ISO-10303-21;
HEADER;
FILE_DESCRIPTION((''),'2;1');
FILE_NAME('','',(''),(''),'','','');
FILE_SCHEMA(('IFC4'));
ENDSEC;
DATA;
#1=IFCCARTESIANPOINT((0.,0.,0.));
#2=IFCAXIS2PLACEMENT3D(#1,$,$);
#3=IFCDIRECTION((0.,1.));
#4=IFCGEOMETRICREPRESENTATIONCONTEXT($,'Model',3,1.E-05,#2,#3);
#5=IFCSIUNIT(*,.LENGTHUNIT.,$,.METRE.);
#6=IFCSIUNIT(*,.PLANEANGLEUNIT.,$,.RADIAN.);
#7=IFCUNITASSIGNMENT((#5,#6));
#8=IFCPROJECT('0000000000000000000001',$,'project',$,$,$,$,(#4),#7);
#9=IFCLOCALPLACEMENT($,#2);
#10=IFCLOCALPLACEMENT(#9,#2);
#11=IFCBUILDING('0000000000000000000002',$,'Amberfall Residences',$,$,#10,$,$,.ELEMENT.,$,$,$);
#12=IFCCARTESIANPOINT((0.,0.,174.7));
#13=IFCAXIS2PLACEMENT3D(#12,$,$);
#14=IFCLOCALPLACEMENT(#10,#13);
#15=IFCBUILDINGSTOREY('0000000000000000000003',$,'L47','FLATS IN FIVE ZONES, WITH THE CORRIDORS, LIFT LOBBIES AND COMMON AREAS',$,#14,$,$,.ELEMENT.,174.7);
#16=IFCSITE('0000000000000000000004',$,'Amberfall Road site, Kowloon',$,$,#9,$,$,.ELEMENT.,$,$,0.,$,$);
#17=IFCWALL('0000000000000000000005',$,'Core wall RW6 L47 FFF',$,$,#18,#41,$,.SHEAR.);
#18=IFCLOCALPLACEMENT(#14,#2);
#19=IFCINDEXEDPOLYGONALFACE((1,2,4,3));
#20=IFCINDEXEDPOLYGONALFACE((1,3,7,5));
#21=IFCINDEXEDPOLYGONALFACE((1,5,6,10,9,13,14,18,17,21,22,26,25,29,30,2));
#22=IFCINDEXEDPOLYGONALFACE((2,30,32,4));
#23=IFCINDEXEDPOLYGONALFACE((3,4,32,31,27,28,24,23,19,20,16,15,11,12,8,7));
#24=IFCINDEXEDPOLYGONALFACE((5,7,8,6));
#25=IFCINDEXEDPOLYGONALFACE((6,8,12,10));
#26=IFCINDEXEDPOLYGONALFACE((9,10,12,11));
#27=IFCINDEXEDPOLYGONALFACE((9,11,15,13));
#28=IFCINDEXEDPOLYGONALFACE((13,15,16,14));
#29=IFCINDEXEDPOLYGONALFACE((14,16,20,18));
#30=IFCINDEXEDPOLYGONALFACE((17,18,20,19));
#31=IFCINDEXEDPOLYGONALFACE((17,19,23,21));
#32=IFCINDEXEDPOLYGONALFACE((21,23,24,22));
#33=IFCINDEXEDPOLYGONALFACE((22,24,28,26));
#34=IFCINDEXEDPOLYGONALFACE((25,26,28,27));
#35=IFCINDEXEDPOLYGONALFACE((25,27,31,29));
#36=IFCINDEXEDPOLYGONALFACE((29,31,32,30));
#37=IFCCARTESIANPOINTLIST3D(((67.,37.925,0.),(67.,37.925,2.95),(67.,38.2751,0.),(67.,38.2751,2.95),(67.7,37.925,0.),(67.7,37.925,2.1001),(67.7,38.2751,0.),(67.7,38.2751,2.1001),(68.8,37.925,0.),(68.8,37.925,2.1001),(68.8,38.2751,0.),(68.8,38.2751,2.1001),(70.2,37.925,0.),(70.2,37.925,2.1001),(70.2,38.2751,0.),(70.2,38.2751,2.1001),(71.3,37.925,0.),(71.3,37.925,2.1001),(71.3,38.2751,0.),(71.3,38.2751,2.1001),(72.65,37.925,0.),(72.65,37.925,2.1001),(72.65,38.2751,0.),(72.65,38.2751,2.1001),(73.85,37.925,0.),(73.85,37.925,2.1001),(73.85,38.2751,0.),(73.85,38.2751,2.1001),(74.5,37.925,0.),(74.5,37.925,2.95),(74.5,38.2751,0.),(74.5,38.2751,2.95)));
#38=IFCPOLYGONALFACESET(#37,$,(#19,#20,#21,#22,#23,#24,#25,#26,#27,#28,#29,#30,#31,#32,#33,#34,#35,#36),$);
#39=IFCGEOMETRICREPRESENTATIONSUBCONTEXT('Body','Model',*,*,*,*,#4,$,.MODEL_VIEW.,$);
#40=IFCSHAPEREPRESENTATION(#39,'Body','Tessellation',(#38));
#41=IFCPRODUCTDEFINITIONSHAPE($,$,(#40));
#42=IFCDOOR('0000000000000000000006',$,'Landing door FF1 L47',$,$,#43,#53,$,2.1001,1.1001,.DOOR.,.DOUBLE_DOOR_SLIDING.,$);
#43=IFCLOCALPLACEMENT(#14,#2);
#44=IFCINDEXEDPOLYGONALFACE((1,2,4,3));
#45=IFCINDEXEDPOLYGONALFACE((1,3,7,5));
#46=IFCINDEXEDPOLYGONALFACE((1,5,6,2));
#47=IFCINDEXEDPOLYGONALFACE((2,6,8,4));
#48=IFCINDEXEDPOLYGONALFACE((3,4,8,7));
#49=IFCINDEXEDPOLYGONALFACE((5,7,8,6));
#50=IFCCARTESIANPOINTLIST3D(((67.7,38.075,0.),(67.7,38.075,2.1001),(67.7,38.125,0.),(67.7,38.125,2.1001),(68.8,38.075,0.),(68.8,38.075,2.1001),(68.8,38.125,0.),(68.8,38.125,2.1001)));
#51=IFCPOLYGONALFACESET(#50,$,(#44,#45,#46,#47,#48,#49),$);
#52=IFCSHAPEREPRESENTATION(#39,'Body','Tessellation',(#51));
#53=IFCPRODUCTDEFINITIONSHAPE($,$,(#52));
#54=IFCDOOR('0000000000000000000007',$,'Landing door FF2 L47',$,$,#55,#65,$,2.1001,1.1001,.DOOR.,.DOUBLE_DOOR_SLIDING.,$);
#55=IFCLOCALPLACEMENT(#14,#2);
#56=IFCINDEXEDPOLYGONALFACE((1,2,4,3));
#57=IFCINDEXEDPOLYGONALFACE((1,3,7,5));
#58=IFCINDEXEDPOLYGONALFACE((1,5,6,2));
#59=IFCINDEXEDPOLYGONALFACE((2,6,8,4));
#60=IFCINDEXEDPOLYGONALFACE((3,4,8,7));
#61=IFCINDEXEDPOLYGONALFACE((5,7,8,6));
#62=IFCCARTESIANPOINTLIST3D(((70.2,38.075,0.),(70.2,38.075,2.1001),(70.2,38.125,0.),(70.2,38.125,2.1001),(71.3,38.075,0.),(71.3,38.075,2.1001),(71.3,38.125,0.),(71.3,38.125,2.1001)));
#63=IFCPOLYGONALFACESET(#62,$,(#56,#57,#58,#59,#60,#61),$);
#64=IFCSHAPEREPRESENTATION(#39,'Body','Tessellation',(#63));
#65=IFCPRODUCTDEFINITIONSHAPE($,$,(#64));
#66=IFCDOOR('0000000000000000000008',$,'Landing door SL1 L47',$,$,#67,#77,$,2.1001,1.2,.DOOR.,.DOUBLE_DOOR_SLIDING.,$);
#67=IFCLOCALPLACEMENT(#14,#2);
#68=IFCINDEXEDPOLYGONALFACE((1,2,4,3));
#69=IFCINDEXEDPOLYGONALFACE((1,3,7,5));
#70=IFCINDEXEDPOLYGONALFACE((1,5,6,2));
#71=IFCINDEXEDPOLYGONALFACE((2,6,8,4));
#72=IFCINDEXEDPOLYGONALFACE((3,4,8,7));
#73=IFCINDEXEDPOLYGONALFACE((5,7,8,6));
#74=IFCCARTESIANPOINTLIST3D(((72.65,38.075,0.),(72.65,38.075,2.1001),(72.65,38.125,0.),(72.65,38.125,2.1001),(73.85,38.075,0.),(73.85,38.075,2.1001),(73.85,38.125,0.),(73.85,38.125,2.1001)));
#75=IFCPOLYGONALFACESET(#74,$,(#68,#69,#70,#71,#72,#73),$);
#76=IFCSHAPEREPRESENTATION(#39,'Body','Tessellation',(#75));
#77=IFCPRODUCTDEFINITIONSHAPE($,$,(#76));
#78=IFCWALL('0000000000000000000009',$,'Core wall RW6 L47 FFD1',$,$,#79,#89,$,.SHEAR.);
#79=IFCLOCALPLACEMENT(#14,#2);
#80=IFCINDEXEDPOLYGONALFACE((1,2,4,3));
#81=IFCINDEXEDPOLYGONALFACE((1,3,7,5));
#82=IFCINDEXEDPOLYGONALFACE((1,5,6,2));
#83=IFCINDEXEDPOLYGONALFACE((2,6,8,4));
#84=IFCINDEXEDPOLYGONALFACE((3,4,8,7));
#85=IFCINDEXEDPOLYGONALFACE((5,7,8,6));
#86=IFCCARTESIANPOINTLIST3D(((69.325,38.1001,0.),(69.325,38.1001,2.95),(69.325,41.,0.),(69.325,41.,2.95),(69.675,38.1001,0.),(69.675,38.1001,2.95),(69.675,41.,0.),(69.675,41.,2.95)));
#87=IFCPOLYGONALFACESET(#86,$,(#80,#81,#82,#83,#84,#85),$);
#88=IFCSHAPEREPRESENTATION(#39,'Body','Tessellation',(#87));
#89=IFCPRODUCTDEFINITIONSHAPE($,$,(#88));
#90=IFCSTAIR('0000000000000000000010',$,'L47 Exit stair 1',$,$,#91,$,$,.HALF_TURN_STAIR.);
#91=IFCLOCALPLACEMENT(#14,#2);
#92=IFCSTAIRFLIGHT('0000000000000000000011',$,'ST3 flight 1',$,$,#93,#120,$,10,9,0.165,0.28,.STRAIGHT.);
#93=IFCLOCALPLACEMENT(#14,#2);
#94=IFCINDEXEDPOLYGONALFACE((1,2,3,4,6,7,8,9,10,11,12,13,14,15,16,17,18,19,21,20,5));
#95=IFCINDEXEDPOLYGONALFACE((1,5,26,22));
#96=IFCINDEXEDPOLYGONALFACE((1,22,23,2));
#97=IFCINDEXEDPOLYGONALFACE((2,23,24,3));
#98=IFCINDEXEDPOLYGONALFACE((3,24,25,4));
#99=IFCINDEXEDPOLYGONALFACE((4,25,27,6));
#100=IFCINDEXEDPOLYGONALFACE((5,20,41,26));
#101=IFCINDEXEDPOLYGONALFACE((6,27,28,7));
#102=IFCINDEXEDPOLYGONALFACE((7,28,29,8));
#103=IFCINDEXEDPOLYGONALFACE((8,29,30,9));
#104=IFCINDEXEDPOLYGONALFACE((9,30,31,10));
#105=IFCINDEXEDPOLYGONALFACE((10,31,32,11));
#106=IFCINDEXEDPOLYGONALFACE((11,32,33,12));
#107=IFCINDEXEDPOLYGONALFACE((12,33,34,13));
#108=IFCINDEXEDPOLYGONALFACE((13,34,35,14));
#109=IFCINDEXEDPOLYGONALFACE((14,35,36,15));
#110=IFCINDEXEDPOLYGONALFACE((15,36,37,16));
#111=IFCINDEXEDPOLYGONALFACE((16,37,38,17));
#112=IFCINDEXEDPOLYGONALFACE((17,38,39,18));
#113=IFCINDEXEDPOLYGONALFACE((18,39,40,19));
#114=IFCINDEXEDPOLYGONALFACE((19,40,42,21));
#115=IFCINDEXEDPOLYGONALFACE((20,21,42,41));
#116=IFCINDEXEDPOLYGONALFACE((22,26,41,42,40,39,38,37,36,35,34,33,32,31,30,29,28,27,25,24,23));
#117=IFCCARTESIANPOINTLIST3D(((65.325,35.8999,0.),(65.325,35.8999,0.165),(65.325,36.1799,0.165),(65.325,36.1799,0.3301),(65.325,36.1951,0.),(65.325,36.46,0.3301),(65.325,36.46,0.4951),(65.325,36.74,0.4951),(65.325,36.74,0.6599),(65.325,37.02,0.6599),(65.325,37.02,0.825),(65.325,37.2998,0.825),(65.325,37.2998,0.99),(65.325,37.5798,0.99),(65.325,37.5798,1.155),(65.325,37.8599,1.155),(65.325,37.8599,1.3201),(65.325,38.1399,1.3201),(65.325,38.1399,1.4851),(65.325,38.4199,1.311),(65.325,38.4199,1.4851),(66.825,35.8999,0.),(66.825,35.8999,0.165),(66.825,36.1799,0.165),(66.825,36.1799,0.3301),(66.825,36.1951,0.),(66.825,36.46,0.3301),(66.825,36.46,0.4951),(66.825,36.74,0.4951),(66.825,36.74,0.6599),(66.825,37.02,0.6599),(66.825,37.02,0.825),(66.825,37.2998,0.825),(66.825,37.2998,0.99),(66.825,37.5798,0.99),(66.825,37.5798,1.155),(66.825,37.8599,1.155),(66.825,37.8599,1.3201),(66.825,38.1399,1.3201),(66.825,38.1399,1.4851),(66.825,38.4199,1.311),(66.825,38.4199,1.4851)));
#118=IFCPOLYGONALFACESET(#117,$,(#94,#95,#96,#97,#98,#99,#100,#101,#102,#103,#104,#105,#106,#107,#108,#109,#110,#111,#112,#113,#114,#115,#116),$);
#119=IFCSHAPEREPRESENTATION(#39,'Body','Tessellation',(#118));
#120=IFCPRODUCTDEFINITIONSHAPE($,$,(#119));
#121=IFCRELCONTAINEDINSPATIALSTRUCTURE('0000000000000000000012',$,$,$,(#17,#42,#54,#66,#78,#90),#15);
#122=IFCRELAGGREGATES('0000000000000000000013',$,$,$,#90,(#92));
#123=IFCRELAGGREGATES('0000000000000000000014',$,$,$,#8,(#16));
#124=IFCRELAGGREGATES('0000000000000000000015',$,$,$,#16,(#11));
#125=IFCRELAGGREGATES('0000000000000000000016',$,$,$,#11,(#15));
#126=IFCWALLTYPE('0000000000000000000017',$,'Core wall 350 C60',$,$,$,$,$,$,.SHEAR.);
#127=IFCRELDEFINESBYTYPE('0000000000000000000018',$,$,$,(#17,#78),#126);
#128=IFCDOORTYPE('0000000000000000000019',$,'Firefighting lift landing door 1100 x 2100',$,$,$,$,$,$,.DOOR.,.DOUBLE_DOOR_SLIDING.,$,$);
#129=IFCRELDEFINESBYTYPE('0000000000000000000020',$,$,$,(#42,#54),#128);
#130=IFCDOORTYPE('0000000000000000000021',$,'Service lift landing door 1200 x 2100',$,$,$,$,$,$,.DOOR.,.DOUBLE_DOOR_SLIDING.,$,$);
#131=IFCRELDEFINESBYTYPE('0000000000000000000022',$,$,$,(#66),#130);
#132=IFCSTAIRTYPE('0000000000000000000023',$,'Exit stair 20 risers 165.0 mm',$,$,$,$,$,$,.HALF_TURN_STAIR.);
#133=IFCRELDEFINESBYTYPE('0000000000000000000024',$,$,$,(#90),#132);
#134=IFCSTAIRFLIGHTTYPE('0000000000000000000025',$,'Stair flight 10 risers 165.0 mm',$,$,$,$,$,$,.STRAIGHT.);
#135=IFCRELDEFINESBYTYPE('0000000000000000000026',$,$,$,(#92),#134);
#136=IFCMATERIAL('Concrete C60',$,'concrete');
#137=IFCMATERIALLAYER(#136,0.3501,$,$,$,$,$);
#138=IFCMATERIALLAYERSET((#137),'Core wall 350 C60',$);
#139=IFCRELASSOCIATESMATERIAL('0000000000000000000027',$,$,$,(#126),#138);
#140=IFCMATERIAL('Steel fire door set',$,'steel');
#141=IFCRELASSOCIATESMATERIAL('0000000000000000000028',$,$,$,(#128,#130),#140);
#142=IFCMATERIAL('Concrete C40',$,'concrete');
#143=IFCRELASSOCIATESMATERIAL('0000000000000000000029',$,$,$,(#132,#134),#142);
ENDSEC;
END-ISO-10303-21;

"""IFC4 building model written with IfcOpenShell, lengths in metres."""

from ifc_helpers import new_model, si_unit, direction, frame, frame_2d, origin, place, context, subcontext, project, spatial, polyline, rectangle, outline, extrude, material, layer, layer_set, type_object, element, fill, aggregate, save


model = new_model("IFC4")

# Units and contexts
model_context = context("Model", 3, precision=1e-05, world=origin(), true_north=direction((0.0, 1.0)))
body_context = subcontext(model_context, "Body", "Model", "MODEL_VIEW")
ifc_project = project(units=[si_unit("LENGTHUNIT", "METRE"), si_unit("PLANEANGLEUNIT", "RADIAN")], contexts=[model_context])

# Site, building, storey
site_placement = place(None, origin())
site = spatial("IfcSite", under=ifc_project, at=site_placement, Name="Amberfall Road site, Kowloon", CompositionType="ELEMENT", RefElevation=0.0)
building_placement = place(site_placement, origin())
building = spatial("IfcBuilding", under=site, at=building_placement, Name="Amberfall Residences", CompositionType="ELEMENT")
storey_placement = place(building_placement, frame((0.0, 0.0, 174.7)))
storey = spatial("IfcBuildingStorey", under=building, at=storey_placement, Name="L47", Description="FLATS IN FIVE ZONES, WITH THE CORRIDORS, LIFT LOBBIES AND COMMON AREAS", CompositionType="ELEMENT", Elevation=174.7)

# Wall, openings, doors
ifc_material_1 = material(Name="Concrete C60", Category="concrete")
ifc_layer = layer(ifc_material_1, 0.3501)
ifc_layer_set = layer_set([ifc_layer], Name="Core wall 350 C60")
wall_type = type_object("IfcWallType", Name="Core wall 350 C60", PredefinedType="SHEAR", material=ifc_layer_set)
wall_1_placement = place(storey_placement, frame((67.0, 38.1001, 0.0), z_axis=(0.0, 0.0, 1.0), x_axis=(1.0, 0.0, 0.0)))
wall_1 = element("IfcWall", 1, at=wall_1_placement, inside=storey, type_object=wall_type, Name="Core wall RW6 L47 FFF", PredefinedType="SHEAR", context=body_context, shape_type="SweptSolid", body=[
    extrude(rectangle(XDim=7.5, YDim=0.3501, at=frame_2d((3.75, 0.0))), origin(), (0.0, 0.0, 1.0), 2.95),
])
opening_1_placement = place(wall_1_placement, frame((0.7, 0.0, 0.0)))
opening_1 = element("IfcOpeningElement", 2, at=opening_1_placement, cuts=wall_1, PredefinedType="OPENING", context=body_context, shape_type="SweptSolid", body=[
    extrude(rectangle(XDim=1.1001, YDim=2.1001, at=frame_2d((0.55, 1.05))), frame((0.0, 0.1851, 0.0), z_axis=(0.0, -1.0, 0.0), x_axis=(1.0, 0.0, 0.0)), (0.0, 0.0, 1.0), 0.3701),
])
opening_2_placement = place(wall_1_placement, frame((3.2, 0.0, 0.0)))
opening_2 = element("IfcOpeningElement", 3, at=opening_2_placement, cuts=wall_1, PredefinedType="OPENING", context=body_context, shape_type="SweptSolid", body=[
    extrude(rectangle(XDim=1.1001, YDim=2.1001, at=frame_2d((0.55, 1.05))), frame((0.0, 0.1851, 0.0), z_axis=(0.0, -1.0, 0.0), x_axis=(1.0, 0.0, 0.0)), (0.0, 0.0, 1.0), 0.3701),
])
opening_3_placement = place(wall_1_placement, frame((5.6499, 0.0, 0.0)))
opening_3 = element("IfcOpeningElement", 4, at=opening_3_placement, cuts=wall_1, PredefinedType="OPENING", context=body_context, shape_type="SweptSolid", body=[
    extrude(rectangle(XDim=1.2, YDim=2.1001, at=frame_2d((0.6001, 1.05))), frame((0.0, 0.1851, 0.0), z_axis=(0.0, -1.0, 0.0), x_axis=(1.0, 0.0, 0.0)), (0.0, 0.0, 1.0), 0.3701),
])
ifc_material_2 = material(Name="Steel fire door set", Category="steel")
door_type_1 = type_object("IfcDoorType", Name="Firefighting lift landing door 1100 x 2100", OperationType="DOUBLE_DOOR_SLIDING", PredefinedType="DOOR", material=ifc_material_2)
door_1_placement = place(opening_1_placement, origin())
door_1 = element("IfcDoor", 5, at=door_1_placement, inside=storey, type_object=door_type_1, Name="Landing door FF1 L47", OperationType="DOUBLE_DOOR_SLIDING", OverallHeight=2.1001, OverallWidth=1.1001, PredefinedType="DOOR", context=body_context, shape_type="SweptSolid", body=[
    extrude(rectangle(XDim=1.1001, YDim=2.1001, at=frame_2d((0.55, 1.05))), frame((0.0, 0.0249, 0.0), z_axis=(0.0, -1.0, 0.0), x_axis=(1.0, 0.0, 0.0)), (0.0, 0.0, 1.0), 0.05),
])
fill(opening_1, door_1)
door_2_placement = place(opening_2_placement, origin())
door_2 = element("IfcDoor", 6, at=door_2_placement, inside=storey, type_object=door_type_1, Name="Landing door FF2 L47", OperationType="DOUBLE_DOOR_SLIDING", OverallHeight=2.1001, OverallWidth=1.1001, PredefinedType="DOOR", context=body_context, shape_type="SweptSolid", body=[
    extrude(rectangle(XDim=1.1001, YDim=2.1001, at=frame_2d((0.55, 1.05))), frame((0.0, 0.0249, 0.0), z_axis=(0.0, -1.0, 0.0), x_axis=(1.0, 0.0, 0.0)), (0.0, 0.0, 1.0), 0.05),
])
fill(opening_2, door_2)
door_type_2 = type_object("IfcDoorType", Name="Service lift landing door 1200 x 2100", OperationType="DOUBLE_DOOR_SLIDING", PredefinedType="DOOR", material=ifc_material_2)
door_3_placement = place(opening_3_placement, origin())
door_3 = element("IfcDoor", 7, at=door_3_placement, inside=storey, type_object=door_type_2, Name="Landing door SL1 L47", OperationType="DOUBLE_DOOR_SLIDING", OverallHeight=2.1001, OverallWidth=1.2, PredefinedType="DOOR", context=body_context, shape_type="SweptSolid", body=[
    extrude(rectangle(XDim=1.2, YDim=2.1001, at=frame_2d((0.6001, 1.05))), frame((0.0, 0.0249, 0.0), z_axis=(0.0, -1.0, 0.0), x_axis=(1.0, 0.0, 0.0)), (0.0, 0.0, 1.0), 0.05),
])
fill(opening_3, door_3)

# Wall
wall_2_placement = place(storey_placement, frame((69.5, 38.1001, 0.0), z_axis=(0.0, 0.0, 1.0), x_axis=(0.0, 1.0, 0.0)))
element("IfcWall", 8, at=wall_2_placement, inside=storey, type_object=wall_type, Name="Core wall RW6 L47 FFD1", PredefinedType="SHEAR", context=body_context, shape_type="SweptSolid", body=[
    extrude(rectangle(XDim=2.8999, YDim=0.3501, at=frame_2d((1.45, 0.0))), origin(), (0.0, 0.0, 1.0), 2.95),
])

# Stair, stair flight
ifc_material_3 = material(Name="Concrete C40", Category="concrete")
stair_type = type_object("IfcStairType", Name="Exit stair 20 risers 165.0 mm", PredefinedType="HALF_TURN_STAIR", material=ifc_material_3)
stair_placement = place(storey_placement, origin())
stair = element("IfcStair", 9, at=stair_placement, inside=storey, type_object=stair_type, Name="L47 Exit stair 1", PredefinedType="HALF_TURN_STAIR")
stair_flight_type = type_object("IfcStairFlightType", Name="Stair flight 10 risers 165.0 mm", PredefinedType="STRAIGHT", material=ifc_material_3)
stair_flight_placement = place(storey_placement, frame((66.075, 35.8999, 0.0), z_axis=(0.0, 0.0, 1.0), x_axis=(0.0, 1.0, 0.0)))
stair_flight = element("IfcStairFlight", 10, at=stair_flight_placement, type_object=stair_flight_type, Name="ST3 flight 1", NumberOfRisers=10, NumberOfTreads=9, PredefinedType="STRAIGHT", RiserHeight=0.165, TreadLength=0.28, context=body_context, shape_type="SweptSolid", body=[
    extrude(outline(polyline([(0.0, 0.0), (0.0, 0.165), (0.28, 0.165), (0.28, 0.3301), (0.5601, 0.3301), (0.5601, 0.4951), (0.8401, 0.4951), (0.8401, 0.6599), (1.1201, 0.6599), (1.1201, 0.825), (1.3999, 0.825), (1.3999, 0.99), (1.6799, 0.99), (1.6799, 1.155), (1.96, 1.155), (1.96, 1.3201), (2.24, 1.3201), (2.24, 1.4851), (2.52, 1.4851), (2.52, 1.6499), (2.52, 1.311), (0.2952, 0.0), (0.0, 0.0)])), frame((0.0, 0.75, 0.0), z_axis=(0.0, -1.0, 0.0), x_axis=(1.0, 0.0, 0.0)), (0.0, 0.0, 1.0), 1.5),
])
aggregate(stair, [stair_flight])

save(model, "model.ifc")
